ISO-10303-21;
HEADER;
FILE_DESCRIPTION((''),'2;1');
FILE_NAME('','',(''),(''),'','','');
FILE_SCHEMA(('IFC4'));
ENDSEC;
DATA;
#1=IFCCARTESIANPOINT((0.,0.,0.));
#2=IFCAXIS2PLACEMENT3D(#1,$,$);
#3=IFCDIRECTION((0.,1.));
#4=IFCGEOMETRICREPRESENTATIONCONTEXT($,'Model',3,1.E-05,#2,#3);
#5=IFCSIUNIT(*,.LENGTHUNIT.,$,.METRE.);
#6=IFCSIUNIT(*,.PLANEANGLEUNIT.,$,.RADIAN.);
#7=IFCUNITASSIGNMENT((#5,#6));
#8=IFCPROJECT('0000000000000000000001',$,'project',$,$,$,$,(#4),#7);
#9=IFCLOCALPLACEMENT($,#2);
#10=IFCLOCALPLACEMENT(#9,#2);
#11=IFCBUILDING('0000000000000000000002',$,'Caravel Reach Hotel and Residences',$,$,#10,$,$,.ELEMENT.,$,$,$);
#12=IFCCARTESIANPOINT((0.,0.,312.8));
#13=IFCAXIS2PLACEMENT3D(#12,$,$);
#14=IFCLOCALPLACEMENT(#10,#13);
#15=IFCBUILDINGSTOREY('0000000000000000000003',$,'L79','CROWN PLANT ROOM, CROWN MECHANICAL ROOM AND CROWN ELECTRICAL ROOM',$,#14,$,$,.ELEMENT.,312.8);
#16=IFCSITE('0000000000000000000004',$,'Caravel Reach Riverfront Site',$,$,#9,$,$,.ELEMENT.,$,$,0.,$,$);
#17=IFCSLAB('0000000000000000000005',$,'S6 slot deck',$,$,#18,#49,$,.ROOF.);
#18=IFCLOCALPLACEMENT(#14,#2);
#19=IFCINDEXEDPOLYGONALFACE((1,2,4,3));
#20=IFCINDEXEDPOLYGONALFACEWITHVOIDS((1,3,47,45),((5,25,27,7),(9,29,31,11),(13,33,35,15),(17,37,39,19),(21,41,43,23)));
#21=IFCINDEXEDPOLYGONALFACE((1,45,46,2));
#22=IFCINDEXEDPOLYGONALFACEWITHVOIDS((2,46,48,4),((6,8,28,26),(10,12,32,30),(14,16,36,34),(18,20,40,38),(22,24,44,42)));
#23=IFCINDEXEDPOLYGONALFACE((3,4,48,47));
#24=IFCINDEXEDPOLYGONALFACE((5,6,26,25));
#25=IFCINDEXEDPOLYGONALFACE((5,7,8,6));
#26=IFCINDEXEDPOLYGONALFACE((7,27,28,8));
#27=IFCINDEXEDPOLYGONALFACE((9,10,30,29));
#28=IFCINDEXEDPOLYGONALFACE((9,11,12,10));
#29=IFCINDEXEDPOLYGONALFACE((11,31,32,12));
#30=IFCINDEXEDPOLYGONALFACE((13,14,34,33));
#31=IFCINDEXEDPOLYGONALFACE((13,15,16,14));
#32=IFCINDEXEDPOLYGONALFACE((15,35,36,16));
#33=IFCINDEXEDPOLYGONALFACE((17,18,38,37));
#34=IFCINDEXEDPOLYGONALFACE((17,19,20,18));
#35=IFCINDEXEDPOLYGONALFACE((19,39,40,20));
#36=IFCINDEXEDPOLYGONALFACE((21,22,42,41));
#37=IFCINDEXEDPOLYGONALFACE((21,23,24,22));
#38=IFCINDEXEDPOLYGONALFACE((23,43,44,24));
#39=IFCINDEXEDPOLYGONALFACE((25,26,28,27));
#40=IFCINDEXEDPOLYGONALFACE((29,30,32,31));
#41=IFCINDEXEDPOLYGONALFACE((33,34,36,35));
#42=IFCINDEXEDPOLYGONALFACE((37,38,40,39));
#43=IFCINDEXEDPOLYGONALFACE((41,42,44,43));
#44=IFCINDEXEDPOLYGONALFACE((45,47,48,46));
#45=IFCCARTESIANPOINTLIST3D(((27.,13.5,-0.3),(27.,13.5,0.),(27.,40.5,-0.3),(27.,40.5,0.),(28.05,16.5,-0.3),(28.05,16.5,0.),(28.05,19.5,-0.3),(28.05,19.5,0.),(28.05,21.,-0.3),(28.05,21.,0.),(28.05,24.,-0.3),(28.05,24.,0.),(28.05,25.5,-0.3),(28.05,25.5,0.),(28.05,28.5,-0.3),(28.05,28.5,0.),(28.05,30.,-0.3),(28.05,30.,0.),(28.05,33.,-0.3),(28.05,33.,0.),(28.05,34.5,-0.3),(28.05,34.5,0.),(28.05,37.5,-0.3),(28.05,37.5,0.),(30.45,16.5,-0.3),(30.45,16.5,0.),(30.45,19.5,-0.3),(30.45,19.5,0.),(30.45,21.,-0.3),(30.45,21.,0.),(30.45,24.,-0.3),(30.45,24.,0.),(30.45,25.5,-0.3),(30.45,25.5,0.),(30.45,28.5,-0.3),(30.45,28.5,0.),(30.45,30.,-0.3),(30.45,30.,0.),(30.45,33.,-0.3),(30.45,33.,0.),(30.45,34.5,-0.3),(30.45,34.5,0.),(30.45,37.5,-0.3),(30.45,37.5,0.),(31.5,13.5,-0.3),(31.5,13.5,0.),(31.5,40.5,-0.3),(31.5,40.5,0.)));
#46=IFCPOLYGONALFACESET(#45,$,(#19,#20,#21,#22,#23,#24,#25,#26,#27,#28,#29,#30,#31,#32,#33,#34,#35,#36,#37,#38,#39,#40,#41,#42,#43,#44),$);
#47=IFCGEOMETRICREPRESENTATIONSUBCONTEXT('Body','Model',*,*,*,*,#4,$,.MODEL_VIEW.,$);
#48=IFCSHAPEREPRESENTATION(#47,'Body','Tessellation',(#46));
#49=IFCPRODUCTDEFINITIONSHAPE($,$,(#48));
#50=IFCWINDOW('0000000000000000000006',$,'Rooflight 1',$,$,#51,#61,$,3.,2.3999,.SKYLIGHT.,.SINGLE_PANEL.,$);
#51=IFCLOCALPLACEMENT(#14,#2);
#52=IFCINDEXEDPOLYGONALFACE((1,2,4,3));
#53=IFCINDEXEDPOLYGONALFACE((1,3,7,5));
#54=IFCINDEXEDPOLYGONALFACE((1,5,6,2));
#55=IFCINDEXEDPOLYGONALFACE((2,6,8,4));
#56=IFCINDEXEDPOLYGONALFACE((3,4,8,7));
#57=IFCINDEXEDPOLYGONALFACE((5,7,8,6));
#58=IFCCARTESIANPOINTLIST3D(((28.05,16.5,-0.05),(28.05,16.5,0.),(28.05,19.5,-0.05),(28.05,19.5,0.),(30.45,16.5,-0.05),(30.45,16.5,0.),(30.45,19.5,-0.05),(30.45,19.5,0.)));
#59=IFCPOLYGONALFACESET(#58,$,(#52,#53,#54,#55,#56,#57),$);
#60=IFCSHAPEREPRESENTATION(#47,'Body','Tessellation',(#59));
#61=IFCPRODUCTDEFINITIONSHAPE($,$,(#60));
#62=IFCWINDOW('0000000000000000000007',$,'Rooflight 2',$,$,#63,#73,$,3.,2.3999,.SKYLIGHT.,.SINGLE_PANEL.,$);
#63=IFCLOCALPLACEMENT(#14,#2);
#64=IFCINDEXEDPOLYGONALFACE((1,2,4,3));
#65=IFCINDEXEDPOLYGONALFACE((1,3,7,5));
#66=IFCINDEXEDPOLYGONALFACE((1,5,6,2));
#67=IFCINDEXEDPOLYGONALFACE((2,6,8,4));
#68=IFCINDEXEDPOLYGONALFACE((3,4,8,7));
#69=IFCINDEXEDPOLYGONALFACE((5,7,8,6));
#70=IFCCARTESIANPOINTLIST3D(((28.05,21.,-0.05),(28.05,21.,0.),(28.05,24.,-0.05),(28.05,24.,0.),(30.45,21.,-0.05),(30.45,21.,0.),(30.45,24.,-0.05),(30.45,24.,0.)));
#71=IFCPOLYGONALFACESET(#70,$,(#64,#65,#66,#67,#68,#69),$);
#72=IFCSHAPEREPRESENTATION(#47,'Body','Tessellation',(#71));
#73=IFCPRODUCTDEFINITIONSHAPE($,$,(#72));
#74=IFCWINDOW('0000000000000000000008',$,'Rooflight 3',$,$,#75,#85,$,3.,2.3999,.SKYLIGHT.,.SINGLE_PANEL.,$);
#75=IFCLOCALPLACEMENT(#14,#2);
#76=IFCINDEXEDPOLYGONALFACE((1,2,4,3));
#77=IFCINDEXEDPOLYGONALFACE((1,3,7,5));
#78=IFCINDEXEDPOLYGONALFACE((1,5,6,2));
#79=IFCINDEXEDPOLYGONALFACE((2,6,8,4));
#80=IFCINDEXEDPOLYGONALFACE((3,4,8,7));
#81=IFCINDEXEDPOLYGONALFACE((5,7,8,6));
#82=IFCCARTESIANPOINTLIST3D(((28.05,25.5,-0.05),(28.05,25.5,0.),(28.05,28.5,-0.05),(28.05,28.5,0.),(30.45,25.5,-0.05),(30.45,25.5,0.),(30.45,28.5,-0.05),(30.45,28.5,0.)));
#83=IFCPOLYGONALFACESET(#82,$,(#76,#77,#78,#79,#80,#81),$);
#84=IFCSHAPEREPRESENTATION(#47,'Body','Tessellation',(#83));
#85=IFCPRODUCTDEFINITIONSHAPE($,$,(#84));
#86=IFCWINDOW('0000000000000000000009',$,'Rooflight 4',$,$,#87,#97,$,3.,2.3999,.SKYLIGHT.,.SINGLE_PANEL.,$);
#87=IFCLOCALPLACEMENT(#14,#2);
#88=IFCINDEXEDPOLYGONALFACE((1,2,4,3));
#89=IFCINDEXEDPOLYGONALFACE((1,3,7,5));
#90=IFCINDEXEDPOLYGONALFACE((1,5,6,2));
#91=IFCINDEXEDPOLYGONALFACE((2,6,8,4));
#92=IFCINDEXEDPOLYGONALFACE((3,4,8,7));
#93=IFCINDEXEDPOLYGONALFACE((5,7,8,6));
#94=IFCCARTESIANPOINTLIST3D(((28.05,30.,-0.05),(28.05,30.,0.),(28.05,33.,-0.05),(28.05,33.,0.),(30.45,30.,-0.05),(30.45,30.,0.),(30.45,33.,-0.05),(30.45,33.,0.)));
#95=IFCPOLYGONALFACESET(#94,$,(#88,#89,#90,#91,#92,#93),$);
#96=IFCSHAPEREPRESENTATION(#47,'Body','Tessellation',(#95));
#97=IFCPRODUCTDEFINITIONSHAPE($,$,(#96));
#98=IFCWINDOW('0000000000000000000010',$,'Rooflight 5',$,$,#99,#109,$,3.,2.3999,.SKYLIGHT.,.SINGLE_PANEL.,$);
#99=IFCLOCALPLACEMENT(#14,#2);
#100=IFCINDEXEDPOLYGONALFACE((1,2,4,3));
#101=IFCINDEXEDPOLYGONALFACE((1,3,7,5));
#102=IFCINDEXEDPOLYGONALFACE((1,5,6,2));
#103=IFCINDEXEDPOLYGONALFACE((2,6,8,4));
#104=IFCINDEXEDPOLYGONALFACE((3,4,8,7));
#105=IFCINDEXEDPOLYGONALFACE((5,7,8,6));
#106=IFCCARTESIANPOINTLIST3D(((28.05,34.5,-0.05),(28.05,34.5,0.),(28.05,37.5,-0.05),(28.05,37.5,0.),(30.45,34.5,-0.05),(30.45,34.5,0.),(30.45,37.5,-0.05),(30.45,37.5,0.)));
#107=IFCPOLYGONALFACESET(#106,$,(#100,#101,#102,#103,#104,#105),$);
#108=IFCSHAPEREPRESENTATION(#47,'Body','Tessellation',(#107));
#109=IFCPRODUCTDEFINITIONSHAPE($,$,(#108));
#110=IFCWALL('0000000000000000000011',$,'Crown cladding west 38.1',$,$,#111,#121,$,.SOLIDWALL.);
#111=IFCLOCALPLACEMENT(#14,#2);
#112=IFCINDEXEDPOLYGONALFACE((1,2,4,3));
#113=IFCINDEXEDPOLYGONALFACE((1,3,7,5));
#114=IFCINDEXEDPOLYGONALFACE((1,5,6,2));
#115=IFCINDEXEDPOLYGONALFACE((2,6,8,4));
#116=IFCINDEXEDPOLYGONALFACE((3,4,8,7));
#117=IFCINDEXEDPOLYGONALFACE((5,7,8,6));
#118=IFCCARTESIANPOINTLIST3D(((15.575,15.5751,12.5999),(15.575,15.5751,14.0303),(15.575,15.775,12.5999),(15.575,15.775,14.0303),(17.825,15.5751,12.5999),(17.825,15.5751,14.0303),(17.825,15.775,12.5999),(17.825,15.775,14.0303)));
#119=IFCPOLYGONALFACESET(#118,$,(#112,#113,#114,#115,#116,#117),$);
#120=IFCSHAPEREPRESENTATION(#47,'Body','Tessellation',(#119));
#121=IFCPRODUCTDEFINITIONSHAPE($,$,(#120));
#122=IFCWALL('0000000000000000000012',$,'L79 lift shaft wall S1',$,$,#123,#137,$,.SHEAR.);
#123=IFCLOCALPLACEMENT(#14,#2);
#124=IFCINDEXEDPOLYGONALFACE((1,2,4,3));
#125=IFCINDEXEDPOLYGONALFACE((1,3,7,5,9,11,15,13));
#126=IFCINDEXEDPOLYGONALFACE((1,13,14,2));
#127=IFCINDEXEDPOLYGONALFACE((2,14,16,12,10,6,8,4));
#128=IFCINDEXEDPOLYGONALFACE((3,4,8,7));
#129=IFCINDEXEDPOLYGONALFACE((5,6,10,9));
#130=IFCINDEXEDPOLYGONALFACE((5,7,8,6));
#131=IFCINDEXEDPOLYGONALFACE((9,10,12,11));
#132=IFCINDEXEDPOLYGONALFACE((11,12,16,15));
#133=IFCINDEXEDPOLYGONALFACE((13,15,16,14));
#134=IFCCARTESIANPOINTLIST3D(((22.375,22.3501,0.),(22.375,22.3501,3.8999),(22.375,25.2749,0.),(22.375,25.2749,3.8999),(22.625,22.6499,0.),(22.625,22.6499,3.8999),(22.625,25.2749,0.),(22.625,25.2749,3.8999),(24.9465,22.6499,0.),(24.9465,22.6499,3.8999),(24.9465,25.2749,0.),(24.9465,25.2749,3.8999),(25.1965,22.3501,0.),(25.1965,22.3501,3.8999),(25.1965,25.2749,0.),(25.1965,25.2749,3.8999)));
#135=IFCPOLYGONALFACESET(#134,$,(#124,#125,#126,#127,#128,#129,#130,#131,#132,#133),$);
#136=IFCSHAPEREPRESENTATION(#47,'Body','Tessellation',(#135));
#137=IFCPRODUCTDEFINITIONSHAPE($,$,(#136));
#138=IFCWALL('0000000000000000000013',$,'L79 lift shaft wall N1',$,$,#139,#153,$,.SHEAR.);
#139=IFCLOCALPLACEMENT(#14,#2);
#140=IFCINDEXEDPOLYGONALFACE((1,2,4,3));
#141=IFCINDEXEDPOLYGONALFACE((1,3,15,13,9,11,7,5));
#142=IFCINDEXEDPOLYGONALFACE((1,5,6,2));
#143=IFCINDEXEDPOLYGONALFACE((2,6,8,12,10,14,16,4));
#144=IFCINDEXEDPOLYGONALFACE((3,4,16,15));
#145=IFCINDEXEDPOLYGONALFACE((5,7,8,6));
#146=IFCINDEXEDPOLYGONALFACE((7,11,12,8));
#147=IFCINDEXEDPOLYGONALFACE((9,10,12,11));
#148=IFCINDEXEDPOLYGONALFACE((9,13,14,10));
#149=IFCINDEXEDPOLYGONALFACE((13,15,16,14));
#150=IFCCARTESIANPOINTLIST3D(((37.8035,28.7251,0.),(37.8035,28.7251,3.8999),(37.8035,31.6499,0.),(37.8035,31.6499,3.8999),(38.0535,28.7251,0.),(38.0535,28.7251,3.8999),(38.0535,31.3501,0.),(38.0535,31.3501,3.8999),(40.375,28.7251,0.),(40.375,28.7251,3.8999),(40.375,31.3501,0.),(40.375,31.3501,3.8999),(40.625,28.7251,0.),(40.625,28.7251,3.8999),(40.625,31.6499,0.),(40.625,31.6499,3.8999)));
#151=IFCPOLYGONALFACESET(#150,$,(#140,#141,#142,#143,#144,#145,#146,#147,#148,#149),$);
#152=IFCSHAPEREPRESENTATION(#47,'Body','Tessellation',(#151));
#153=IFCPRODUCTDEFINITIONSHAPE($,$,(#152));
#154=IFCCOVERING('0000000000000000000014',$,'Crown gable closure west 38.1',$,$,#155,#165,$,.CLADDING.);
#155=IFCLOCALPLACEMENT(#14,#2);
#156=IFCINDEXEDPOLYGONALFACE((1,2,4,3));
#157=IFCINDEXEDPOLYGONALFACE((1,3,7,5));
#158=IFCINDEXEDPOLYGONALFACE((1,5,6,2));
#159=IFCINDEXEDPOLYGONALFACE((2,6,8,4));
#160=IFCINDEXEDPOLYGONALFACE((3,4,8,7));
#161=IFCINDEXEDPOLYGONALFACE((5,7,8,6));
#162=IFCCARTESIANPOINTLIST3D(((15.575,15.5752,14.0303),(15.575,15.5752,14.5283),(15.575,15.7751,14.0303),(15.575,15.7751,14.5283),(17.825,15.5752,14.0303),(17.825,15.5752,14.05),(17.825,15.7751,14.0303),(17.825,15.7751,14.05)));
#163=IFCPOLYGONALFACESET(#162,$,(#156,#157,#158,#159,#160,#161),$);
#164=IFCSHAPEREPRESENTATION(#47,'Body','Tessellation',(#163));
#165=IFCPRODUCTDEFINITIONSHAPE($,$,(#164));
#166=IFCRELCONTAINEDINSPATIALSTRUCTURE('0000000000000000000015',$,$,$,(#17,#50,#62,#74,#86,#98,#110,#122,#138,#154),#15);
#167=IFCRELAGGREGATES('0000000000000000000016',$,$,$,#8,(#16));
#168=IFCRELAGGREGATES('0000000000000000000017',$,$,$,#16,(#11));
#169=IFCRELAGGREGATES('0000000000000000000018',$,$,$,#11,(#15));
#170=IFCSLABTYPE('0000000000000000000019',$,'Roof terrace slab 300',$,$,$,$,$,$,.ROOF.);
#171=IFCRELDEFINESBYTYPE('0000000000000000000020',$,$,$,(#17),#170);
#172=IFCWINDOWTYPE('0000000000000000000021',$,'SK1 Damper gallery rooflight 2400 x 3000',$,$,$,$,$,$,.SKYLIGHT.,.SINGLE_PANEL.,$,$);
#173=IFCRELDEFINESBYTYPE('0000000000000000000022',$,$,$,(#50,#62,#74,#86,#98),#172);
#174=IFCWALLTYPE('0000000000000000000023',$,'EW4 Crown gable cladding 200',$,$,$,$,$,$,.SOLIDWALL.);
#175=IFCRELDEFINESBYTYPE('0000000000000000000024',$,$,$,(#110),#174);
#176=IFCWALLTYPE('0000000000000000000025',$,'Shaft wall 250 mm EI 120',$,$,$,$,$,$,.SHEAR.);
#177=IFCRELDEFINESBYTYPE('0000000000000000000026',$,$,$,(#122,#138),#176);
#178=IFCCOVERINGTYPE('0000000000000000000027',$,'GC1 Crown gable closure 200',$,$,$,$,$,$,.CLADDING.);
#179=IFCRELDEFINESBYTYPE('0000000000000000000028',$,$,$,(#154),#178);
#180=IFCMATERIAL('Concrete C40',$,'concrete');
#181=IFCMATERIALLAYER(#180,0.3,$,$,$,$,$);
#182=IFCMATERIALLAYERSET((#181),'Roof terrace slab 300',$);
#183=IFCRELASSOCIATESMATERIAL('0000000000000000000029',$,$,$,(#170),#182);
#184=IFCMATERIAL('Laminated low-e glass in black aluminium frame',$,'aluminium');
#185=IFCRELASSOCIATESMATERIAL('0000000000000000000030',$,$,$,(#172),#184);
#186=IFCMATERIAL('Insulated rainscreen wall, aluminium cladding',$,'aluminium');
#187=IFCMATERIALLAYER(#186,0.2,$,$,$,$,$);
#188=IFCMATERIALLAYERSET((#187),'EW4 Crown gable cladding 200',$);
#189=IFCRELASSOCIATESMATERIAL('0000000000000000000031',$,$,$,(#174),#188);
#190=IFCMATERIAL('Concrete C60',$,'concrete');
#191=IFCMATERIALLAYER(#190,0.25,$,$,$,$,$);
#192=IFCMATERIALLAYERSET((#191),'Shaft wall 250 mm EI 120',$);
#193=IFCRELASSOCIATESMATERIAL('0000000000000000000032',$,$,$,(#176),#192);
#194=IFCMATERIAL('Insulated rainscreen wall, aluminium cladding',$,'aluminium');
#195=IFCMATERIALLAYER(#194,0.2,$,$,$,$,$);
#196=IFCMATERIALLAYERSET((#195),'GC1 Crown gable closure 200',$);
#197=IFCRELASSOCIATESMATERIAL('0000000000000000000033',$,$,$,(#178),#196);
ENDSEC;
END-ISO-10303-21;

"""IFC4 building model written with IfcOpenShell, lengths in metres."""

from ifc_helpers import new_model, si_unit, direction, frame, frame_2d, origin, origin_2d, place, context, subcontext, project, spatial, polyline, rectangle, outline, extrude, material, layer, layer_set, type_object, element, fill, save


model = new_model("IFC4")

# Units and contexts
model_context = context("Model", 3, precision=1e-05, world=origin(), true_north=direction((0.0, 1.0)))
body_context = subcontext(model_context, "Body", "Model", "MODEL_VIEW")
ifc_project = project(units=[si_unit("LENGTHUNIT", "METRE"), si_unit("PLANEANGLEUNIT", "RADIAN")], contexts=[model_context])

# Site, building, storey
site_placement = place(None, origin())
site = spatial("IfcSite", under=ifc_project, at=site_placement, Name="Caravel Reach Riverfront Site", CompositionType="ELEMENT", RefElevation=0.0)
building_placement = place(site_placement, origin())
building = spatial("IfcBuilding", under=site, at=building_placement, Name="Caravel Reach Hotel and Residences", CompositionType="ELEMENT")
storey_placement = place(building_placement, frame((0.0, 0.0, 312.8)))
storey = spatial("IfcBuildingStorey", under=building, at=storey_placement, Name="L79", Description="CROWN PLANT ROOM, CROWN MECHANICAL ROOM AND CROWN ELECTRICAL ROOM", CompositionType="ELEMENT", Elevation=312.8)

# Slab, openings, windows
ifc_material_1 = material(Name="Concrete C40", Category="concrete")
ifc_layer_1 = layer(ifc_material_1, 0.3)
ifc_layer_set_1 = layer_set([ifc_layer_1], Name="Roof terrace slab 300")
slab_type_1 = type_object("IfcSlabType", Name="Roof terrace slab 300", PredefinedType="ROOF", material=ifc_layer_set_1)
slab_1_placement = place(storey_placement, frame((0.0, 0.0, -0.3)))
slab_1 = element("IfcSlab", 1, at=slab_1_placement, inside=storey, type_object=slab_type_1, Name="S6 slot deck", PredefinedType="ROOF", context=body_context, shape_type="SweptSolid", body=[
    extrude(outline(polyline([(31.5, 13.5), (31.5, 40.5), (27.0, 40.5), (27.0, 13.5), (31.5, 13.5)])), origin(), (0.0, 0.0, 1.0), 0.3),
])
opening_1_placement = place(slab_1_placement, frame((29.25, 18.0, 0.0)))
opening_1 = element("IfcOpeningElement", 2, at=opening_1_placement, cuts=slab_1, PredefinedType="OPENING", context=body_context, shape_type="SweptSolid", body=[
    extrude(rectangle(XDim=2.3999, YDim=3.0, at=origin_2d()), origin(), (0.0, 0.0, 1.0), 0.3),
])
opening_2_placement = place(slab_1_placement, frame((29.25, 22.5, 0.0)))
opening_2 = element("IfcOpeningElement", 3, at=opening_2_placement, cuts=slab_1, PredefinedType="OPENING", context=body_context, shape_type="SweptSolid", body=[
    extrude(rectangle(XDim=2.3999, YDim=3.0, at=origin_2d()), origin(), (0.0, 0.0, 1.0), 0.3),
])
opening_3_placement = place(slab_1_placement, frame((29.25, 27.0, 0.0)))
opening_3 = element("IfcOpeningElement", 4, at=opening_3_placement, cuts=slab_1, PredefinedType="OPENING", context=body_context, shape_type="SweptSolid", body=[
    extrude(rectangle(XDim=2.3999, YDim=3.0, at=origin_2d()), origin(), (0.0, 0.0, 1.0), 0.3),
])
opening_4_placement = place(slab_1_placement, frame((29.25, 31.5, 0.0)))
opening_4 = element("IfcOpeningElement", 5, at=opening_4_placement, cuts=slab_1, PredefinedType="OPENING", context=body_context, shape_type="SweptSolid", body=[
    extrude(rectangle(XDim=2.3999, YDim=3.0, at=origin_2d()), origin(), (0.0, 0.0, 1.0), 0.3),
])
opening_5_placement = place(slab_1_placement, frame((29.25, 36.0, 0.0)))
opening_5 = element("IfcOpeningElement", 6, at=opening_5_placement, cuts=slab_1, PredefinedType="OPENING", context=body_context, shape_type="SweptSolid", body=[
    extrude(rectangle(XDim=2.3999, YDim=3.0, at=origin_2d()), origin(), (0.0, 0.0, 1.0), 0.3),
])
ifc_material_2 = material(Name="Laminated low-e glass in black aluminium frame", Category="aluminium")
window_type = type_object("IfcWindowType", Name="SK1 Damper gallery rooflight 2400 x 3000", PartitioningType="SINGLE_PANEL", PredefinedType="SKYLIGHT", material=ifc_material_2)
window_1_placement = place(opening_1_placement, frame((0.0, 0.0, 0.25)))
window_1 = element("IfcWindow", 7, at=window_1_placement, inside=storey, type_object=window_type, Name="Rooflight 1", OverallHeight=3.0, OverallWidth=2.3999, PartitioningType="SINGLE_PANEL", PredefinedType="SKYLIGHT", context=body_context, shape_type="SweptSolid", body=[
    extrude(rectangle(XDim=2.3999, YDim=3.0, at=origin_2d()), origin(), (0.0, 0.0, 1.0), 0.05),
])
fill(opening_1, window_1)
window_2_placement = place(opening_2_placement, frame((0.0, 0.0, 0.25)))
window_2 = element("IfcWindow", 8, at=window_2_placement, inside=storey, type_object=window_type, Name="Rooflight 2", OverallHeight=3.0, OverallWidth=2.3999, PartitioningType="SINGLE_PANEL", PredefinedType="SKYLIGHT", context=body_context, shape_type="SweptSolid", body=[
    extrude(rectangle(XDim=2.3999, YDim=3.0, at=origin_2d()), origin(), (0.0, 0.0, 1.0), 0.05),
])
fill(opening_2, window_2)
window_3_placement = place(opening_3_placement, frame((0.0, 0.0, 0.25)))
window_3 = element("IfcWindow", 9, at=window_3_placement, inside=storey, type_object=window_type, Name="Rooflight 3", OverallHeight=3.0, OverallWidth=2.3999, PartitioningType="SINGLE_PANEL", PredefinedType="SKYLIGHT", context=body_context, shape_type="SweptSolid", body=[
    extrude(rectangle(XDim=2.3999, YDim=3.0, at=origin_2d()), origin(), (0.0, 0.0, 1.0), 0.05),
])
fill(opening_3, window_3)
window_4_placement = place(opening_4_placement, frame((0.0, 0.0, 0.25)))
window_4 = element("IfcWindow", 10, at=window_4_placement, inside=storey, type_object=window_type, Name="Rooflight 4", OverallHeight=3.0, OverallWidth=2.3999, PartitioningType="SINGLE_PANEL", PredefinedType="SKYLIGHT", context=body_context, shape_type="SweptSolid", body=[
    extrude(rectangle(XDim=2.3999, YDim=3.0, at=origin_2d()), origin(), (0.0, 0.0, 1.0), 0.05),
])
fill(opening_4, window_4)
window_5_placement = place(opening_5_placement, frame((0.0, 0.0, 0.25)))
window_5 = element("IfcWindow", 11, at=window_5_placement, inside=storey, type_object=window_type, Name="Rooflight 5", OverallHeight=3.0, OverallWidth=2.3999, PartitioningType="SINGLE_PANEL", PredefinedType="SKYLIGHT", context=body_context, shape_type="SweptSolid", body=[
    extrude(rectangle(XDim=2.3999, YDim=3.0, at=origin_2d()), origin(), (0.0, 0.0, 1.0), 0.05),
])
fill(opening_5, window_5)

# Walls
ifc_material_3 = material(Name="Insulated rainscreen wall, aluminium cladding", Category="aluminium")
ifc_layer_2 = layer(ifc_material_3, 0.2)
ifc_layer_set_2 = layer_set([ifc_layer_2], Name="EW4 Crown gable cladding 200")
wall_type_1 = type_object("IfcWallType", Name="EW4 Crown gable cladding 200", PredefinedType="SOLIDWALL", material=ifc_layer_set_2)
wall_1_placement = place(storey_placement, frame((15.575, 15.675, 12.5999), z_axis=(0.0, 0.0, 1.0), x_axis=(1.0, 0.0, 0.0)))
element("IfcWall", 12, at=wall_1_placement, inside=storey, type_object=wall_type_1, Name="Crown cladding west 38.1", PredefinedType="SOLIDWALL", context=body_context, shape_type="SweptSolid", body=[
    extrude(rectangle(XDim=2.25, YDim=0.2, at=frame_2d((1.125, 0.0))), origin(), (0.0, 0.0, 1.0), 1.4304),
])
ifc_material_4 = material(Name="Concrete C60", Category="concrete")
ifc_layer_3 = layer(ifc_material_4, 0.25)
ifc_layer_set_3 = layer_set([ifc_layer_3], Name="Shaft wall 250 mm EI 120")
wall_type_2 = type_object("IfcWallType", Name="Shaft wall 250 mm EI 120", PredefinedType="SHEAR", material=ifc_layer_set_3)
wall_2_placement = place(storey_placement, origin())
element("IfcWall", 13, at=wall_2_placement, inside=storey, type_object=wall_type_2, Name="L79 lift shaft wall S1", PredefinedType="SHEAR", context=body_context, shape_type="SweptSolid", body=[
    extrude(outline(polyline([(22.375, 22.3501), (25.1965, 22.3501), (25.1965, 25.2749), (24.9465, 25.2749), (24.9465, 22.6499), (22.625, 22.6499), (22.625, 25.2749), (22.375, 25.2749), (22.375, 22.3501)])), origin(), (0.0, 0.0, 1.0), 3.8999),
])
wall_3_placement = place(storey_placement, origin())
element("IfcWall", 14, at=wall_3_placement, inside=storey, type_object=wall_type_2, Name="L79 lift shaft wall N1", PredefinedType="SHEAR", context=body_context, shape_type="SweptSolid", body=[
    extrude(outline(polyline([(37.8035, 28.7251), (38.0535, 28.7251), (38.0535, 31.3501), (40.375, 31.3501), (40.375, 28.7251), (40.625, 28.7251), (40.625, 31.6499), (37.8035, 31.6499), (37.8035, 28.7251)])), origin(), (0.0, 0.0, 1.0), 3.8999),
])

# Covering
ifc_material_5 = material(Name="Insulated rainscreen wall, aluminium cladding", Category="aluminium")
ifc_layer_4 = layer(ifc_material_5, 0.2)
ifc_layer_set_4 = layer_set([ifc_layer_4], Name="GC1 Crown gable closure 200")
covering_type = type_object("IfcCoveringType", Name="GC1 Crown gable closure 200", PredefinedType="CLADDING", material=ifc_layer_set_4)
covering_placement = place(storey_placement, frame((15.575, 15.675, 14.0303), z_axis=(0.0, 0.0, 1.0), x_axis=(1.0, 0.0, 0.0)))
element("IfcCovering", 15, at=covering_placement, inside=storey, type_object=covering_type, Name="Crown gable closure west 38.1", PredefinedType="CLADDING", context=body_context, shape_type="SweptSolid", body=[
    extrude(outline(polyline([(0.0, 0.0), (2.25, 0.0), (2.25, 0.0198), (0.0, 0.498), (0.0, 0.0)])), frame((0.0, 0.1001, 0.0), z_axis=(0.0, -1.0, 0.0), x_axis=(1.0, 0.0, 0.0)), (0.0, 0.0, 1.0), 0.2),
])

save(model, "model.ifc")
